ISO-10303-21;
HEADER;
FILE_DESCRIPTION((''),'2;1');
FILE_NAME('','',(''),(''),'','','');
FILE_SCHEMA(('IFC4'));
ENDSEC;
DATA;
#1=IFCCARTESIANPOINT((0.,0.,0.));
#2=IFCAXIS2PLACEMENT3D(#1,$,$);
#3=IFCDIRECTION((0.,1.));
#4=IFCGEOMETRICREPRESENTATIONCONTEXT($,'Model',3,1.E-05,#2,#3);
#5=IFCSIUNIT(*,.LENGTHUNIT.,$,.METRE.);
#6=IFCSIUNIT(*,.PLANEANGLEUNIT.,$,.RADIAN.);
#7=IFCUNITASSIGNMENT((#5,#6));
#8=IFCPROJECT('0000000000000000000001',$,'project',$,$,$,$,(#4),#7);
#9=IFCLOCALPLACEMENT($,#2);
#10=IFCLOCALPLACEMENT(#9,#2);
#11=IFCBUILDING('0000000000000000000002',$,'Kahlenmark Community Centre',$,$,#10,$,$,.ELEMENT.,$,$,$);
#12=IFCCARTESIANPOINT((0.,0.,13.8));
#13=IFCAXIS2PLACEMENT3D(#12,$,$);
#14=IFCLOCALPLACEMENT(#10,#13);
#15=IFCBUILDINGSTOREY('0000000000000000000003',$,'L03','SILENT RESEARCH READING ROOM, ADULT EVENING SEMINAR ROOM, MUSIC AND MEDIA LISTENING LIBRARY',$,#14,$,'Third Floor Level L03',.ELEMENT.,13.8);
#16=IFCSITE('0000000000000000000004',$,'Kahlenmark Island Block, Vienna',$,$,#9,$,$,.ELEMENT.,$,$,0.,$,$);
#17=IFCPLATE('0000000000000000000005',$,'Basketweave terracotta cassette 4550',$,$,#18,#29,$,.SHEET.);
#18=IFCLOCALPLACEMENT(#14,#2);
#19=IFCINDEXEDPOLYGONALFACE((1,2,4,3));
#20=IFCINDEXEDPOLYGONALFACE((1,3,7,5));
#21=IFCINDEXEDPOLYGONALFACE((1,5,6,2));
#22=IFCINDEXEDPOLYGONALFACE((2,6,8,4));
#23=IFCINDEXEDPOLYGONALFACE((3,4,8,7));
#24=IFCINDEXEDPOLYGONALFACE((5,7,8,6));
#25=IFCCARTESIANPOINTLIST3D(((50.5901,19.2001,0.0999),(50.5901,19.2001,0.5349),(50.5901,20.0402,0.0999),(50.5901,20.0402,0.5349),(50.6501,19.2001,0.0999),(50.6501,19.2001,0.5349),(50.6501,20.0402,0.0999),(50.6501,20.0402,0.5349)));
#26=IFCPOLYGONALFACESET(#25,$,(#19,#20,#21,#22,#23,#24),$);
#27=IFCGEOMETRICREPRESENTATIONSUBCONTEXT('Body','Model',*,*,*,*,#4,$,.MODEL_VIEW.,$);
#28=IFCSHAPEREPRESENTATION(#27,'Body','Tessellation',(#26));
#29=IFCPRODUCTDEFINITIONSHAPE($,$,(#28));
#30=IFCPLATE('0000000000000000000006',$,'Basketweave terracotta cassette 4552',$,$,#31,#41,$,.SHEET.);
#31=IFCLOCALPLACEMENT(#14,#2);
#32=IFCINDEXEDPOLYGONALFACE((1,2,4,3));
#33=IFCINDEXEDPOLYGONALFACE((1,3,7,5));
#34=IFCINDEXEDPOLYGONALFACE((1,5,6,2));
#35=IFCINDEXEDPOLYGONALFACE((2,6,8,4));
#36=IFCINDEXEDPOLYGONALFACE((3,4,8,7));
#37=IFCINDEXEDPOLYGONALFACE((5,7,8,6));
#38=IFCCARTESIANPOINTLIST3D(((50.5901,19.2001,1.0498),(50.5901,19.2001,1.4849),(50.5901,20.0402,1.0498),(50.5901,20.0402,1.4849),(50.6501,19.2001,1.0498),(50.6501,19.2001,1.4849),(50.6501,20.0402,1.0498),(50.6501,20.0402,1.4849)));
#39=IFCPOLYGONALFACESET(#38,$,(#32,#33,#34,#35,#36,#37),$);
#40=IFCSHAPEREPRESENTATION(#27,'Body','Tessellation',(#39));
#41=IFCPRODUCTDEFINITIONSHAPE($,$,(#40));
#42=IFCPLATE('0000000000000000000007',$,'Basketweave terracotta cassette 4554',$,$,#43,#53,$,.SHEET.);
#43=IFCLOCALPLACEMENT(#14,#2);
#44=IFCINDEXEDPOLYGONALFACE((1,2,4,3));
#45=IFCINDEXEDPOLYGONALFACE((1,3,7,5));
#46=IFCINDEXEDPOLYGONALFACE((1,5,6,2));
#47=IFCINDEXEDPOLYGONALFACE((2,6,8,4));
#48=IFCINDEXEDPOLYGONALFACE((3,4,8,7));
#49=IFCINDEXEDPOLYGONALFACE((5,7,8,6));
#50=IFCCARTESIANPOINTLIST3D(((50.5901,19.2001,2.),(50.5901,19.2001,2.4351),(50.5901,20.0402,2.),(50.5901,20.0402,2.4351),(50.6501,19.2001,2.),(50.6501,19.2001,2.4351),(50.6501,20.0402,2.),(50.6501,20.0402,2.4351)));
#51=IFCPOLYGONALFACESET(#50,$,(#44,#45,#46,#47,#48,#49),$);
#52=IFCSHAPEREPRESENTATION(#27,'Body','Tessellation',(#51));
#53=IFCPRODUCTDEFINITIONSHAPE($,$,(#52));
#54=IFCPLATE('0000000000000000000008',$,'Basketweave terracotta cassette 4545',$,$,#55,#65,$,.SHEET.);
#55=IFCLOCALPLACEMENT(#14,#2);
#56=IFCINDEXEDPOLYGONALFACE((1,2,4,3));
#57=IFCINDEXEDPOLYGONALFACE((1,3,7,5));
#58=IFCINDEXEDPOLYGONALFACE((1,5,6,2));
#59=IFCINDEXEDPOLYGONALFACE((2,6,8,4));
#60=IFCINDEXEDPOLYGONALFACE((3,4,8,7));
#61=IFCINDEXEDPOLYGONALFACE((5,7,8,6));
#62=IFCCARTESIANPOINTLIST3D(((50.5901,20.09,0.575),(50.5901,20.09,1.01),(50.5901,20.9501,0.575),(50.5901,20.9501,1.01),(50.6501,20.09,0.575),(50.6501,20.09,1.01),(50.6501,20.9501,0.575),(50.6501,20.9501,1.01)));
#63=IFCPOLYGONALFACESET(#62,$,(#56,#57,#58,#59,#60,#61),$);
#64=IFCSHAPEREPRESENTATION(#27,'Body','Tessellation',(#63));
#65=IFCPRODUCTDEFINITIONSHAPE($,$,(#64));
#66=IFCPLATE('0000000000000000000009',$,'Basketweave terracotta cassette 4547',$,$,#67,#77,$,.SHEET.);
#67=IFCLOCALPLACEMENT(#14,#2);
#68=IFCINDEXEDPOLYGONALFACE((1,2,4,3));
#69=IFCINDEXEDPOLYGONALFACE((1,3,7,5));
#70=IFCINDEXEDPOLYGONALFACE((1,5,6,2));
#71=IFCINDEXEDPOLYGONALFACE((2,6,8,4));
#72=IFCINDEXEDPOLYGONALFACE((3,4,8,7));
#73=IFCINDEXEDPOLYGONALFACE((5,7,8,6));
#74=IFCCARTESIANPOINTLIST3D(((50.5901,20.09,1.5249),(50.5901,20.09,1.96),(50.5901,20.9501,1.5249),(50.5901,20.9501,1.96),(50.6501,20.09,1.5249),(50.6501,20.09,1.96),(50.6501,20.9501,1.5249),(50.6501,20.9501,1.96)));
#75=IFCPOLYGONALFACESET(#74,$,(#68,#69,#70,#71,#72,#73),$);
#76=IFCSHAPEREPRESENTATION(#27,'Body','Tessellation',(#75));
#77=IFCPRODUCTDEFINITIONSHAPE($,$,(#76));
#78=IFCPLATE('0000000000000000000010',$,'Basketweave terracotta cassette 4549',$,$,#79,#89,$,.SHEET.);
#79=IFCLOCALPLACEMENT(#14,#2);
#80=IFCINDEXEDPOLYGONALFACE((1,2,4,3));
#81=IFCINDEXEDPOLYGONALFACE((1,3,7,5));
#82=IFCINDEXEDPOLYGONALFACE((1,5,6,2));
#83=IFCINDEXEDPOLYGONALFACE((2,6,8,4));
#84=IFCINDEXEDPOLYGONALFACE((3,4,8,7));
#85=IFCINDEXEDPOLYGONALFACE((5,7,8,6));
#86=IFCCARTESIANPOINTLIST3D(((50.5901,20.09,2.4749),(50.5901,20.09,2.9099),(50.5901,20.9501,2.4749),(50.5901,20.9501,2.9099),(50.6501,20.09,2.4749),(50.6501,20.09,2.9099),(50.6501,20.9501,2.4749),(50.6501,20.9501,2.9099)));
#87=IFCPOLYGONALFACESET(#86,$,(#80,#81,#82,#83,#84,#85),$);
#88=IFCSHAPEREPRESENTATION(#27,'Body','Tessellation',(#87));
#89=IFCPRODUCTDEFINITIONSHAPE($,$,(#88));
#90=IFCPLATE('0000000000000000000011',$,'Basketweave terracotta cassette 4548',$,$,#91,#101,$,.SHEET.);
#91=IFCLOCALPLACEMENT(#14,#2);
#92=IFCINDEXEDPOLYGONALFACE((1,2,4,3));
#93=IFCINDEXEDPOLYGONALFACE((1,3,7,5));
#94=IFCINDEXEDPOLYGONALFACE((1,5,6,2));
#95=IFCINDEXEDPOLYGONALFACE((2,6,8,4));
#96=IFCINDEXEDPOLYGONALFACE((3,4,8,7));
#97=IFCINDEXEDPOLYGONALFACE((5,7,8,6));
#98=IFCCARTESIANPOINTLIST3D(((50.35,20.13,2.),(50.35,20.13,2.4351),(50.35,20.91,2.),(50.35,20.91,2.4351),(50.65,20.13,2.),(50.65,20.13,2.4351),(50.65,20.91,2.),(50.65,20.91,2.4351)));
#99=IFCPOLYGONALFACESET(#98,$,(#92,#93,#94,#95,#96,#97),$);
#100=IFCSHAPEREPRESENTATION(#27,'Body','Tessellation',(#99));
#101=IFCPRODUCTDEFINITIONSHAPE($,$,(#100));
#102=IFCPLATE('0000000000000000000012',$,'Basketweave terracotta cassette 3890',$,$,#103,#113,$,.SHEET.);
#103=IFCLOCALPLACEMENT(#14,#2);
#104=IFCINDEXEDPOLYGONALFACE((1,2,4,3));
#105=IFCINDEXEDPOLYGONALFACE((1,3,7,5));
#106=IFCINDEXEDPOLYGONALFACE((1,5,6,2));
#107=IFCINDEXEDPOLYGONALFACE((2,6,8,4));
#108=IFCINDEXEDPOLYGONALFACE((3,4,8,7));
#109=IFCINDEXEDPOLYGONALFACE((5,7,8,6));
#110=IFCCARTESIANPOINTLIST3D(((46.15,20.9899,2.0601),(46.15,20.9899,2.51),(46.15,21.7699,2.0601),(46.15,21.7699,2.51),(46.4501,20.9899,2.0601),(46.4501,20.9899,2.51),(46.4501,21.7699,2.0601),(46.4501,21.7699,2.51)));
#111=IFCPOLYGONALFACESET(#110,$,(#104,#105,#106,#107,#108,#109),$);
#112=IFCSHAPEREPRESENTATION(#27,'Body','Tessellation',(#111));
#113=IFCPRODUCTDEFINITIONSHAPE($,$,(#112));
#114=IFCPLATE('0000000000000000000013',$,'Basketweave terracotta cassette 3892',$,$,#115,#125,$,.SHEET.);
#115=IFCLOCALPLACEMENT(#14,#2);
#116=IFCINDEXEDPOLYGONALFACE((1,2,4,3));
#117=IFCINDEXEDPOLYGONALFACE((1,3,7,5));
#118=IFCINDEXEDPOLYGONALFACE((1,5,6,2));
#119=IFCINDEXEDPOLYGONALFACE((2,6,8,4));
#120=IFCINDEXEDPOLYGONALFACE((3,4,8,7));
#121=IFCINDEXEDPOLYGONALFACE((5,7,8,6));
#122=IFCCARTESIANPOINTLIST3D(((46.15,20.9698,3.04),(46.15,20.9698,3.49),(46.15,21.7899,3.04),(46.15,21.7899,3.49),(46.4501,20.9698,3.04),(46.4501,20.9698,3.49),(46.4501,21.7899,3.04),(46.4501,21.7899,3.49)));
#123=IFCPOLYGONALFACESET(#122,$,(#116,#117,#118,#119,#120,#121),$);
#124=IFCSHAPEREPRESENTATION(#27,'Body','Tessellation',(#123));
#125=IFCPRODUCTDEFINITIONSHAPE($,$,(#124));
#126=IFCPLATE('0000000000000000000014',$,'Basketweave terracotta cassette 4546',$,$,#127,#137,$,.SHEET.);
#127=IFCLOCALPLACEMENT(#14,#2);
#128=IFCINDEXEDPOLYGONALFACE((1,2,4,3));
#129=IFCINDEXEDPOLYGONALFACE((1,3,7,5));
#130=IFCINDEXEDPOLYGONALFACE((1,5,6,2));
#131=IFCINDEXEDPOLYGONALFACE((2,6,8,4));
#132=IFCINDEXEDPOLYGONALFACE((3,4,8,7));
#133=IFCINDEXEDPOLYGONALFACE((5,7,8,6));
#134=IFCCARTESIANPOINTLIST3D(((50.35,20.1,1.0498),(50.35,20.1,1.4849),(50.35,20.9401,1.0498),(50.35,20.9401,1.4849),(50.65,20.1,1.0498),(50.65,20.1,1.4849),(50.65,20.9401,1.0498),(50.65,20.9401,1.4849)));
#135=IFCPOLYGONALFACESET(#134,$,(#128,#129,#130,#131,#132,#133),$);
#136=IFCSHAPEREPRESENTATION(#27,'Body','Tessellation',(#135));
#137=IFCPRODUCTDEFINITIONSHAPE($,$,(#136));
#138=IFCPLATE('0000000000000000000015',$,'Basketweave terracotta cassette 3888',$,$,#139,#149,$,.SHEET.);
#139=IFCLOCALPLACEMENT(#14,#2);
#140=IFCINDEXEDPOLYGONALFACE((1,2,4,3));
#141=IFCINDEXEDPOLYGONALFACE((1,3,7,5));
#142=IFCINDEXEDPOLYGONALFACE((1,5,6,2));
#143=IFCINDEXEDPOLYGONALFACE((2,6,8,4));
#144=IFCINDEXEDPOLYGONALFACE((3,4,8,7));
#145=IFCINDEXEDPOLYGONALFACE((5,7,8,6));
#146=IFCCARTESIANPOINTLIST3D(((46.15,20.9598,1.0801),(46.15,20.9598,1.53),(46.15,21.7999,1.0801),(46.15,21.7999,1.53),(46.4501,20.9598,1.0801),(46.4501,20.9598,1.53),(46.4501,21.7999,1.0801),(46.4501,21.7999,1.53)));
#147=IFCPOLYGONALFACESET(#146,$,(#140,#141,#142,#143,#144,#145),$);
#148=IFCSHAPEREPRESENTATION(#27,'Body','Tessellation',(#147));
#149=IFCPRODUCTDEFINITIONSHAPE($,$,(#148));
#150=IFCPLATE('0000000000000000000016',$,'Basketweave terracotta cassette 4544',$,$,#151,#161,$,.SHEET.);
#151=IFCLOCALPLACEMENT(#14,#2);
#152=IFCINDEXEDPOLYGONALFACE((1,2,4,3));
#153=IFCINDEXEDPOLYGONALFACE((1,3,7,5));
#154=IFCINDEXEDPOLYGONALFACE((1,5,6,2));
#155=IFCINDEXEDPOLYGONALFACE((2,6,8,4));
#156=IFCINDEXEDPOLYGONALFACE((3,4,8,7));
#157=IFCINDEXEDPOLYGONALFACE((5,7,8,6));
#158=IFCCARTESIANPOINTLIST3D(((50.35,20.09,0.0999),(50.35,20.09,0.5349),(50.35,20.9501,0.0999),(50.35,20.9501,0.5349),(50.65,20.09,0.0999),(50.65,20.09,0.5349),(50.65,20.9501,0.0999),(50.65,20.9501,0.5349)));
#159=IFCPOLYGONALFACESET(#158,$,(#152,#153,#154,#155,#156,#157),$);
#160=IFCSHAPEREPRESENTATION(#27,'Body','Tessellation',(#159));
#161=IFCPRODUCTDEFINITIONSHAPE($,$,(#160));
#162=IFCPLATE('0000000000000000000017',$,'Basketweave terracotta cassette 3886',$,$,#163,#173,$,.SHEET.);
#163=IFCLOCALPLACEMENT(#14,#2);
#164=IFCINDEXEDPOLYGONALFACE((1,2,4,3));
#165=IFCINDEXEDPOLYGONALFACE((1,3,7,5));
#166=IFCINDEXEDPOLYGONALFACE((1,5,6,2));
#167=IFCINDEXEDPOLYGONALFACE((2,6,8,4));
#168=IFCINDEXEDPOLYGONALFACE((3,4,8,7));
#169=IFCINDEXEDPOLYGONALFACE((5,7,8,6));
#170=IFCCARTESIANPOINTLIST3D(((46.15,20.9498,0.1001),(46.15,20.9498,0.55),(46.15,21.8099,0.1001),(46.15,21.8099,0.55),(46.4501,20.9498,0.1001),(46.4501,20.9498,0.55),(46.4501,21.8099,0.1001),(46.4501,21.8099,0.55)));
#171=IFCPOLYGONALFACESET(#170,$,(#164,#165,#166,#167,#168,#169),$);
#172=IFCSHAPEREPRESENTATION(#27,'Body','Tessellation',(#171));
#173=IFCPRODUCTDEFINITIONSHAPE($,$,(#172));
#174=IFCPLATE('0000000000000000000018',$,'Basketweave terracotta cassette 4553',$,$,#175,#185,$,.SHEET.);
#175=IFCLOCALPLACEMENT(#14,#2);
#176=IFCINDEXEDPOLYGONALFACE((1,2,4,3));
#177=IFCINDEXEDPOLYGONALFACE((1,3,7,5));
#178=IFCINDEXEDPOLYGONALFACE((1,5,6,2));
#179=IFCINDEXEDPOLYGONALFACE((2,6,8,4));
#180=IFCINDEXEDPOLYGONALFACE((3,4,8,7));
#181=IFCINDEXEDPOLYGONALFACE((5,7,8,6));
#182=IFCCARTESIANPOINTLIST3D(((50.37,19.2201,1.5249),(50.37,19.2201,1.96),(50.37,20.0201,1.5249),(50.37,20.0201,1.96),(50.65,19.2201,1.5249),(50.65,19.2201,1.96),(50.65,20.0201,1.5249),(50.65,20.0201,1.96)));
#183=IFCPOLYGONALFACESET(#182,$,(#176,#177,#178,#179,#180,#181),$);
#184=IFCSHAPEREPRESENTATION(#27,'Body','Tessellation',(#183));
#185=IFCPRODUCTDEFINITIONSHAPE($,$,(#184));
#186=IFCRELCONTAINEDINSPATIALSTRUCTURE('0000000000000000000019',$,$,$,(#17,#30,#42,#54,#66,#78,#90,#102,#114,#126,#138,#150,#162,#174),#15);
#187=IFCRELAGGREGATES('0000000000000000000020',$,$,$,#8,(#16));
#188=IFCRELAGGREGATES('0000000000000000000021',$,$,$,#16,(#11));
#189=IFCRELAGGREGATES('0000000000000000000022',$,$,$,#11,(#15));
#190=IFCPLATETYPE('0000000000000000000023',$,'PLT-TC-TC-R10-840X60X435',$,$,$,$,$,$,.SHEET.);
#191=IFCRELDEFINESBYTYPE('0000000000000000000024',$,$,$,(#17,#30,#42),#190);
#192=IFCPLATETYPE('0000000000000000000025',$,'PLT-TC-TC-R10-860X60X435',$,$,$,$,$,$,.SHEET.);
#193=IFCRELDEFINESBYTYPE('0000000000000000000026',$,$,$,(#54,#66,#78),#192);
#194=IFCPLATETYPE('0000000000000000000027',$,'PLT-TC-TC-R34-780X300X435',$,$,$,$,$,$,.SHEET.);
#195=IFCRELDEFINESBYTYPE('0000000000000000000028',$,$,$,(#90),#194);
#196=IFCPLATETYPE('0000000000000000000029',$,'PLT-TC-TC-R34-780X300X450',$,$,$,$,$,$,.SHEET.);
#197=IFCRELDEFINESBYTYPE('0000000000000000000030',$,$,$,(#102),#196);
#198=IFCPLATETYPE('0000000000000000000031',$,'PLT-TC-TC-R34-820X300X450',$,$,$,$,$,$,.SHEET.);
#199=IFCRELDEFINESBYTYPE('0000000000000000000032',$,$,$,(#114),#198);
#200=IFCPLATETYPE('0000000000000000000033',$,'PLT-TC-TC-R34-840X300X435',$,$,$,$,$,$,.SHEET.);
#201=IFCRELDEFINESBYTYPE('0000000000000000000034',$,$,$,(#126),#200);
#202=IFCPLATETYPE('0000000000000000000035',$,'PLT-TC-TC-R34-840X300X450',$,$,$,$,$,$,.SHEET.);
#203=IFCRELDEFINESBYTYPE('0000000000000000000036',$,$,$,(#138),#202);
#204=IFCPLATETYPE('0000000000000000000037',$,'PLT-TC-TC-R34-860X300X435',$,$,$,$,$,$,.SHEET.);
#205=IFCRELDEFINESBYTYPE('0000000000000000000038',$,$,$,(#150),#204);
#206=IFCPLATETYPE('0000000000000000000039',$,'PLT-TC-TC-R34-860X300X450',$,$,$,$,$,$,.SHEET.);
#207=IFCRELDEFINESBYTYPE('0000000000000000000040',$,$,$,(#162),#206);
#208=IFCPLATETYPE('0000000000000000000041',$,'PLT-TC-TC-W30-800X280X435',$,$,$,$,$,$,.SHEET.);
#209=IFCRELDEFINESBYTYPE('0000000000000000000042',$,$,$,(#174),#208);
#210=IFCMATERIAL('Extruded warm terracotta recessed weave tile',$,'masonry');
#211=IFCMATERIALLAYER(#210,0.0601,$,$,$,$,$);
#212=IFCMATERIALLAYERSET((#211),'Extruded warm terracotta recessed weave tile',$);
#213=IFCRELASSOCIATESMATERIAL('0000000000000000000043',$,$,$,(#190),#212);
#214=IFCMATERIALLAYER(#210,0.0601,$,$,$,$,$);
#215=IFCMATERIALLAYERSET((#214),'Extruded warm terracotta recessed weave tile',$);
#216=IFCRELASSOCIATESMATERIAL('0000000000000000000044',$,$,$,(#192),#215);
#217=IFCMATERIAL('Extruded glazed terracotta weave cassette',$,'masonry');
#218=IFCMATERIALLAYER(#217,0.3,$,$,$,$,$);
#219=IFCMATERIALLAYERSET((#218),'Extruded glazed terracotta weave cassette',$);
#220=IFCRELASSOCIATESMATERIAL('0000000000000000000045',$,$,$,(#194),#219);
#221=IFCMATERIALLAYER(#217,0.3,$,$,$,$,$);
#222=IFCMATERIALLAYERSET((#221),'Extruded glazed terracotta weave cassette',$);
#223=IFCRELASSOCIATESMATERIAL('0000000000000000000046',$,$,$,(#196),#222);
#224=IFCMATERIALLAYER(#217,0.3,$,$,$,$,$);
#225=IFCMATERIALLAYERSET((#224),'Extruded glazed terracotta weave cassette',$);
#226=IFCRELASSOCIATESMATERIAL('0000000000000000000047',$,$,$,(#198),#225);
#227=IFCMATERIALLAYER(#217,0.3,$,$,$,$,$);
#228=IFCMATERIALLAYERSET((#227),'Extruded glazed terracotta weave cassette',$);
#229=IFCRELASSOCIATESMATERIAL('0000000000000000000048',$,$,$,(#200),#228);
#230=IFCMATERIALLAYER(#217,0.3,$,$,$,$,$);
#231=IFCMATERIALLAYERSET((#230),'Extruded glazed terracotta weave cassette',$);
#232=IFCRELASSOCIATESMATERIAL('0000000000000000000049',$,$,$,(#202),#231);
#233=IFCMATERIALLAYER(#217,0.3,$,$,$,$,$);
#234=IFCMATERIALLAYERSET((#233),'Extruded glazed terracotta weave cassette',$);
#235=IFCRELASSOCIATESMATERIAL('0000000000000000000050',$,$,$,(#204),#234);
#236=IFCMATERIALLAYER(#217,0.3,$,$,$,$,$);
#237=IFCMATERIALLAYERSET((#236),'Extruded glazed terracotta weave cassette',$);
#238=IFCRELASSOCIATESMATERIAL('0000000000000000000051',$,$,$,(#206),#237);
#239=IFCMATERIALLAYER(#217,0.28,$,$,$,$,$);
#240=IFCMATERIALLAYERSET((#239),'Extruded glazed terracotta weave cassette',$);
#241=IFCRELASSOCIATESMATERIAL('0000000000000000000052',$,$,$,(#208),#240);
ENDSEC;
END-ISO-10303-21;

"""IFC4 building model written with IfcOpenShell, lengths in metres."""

from ifc_helpers import new_model, si_unit, direction, frame, origin, origin_2d, place, context, subcontext, project, spatial, rectangle, extrude, material, layer, layer_set, type_object, element, save


model = new_model("IFC4")

# Units and contexts
model_context = context("Model", 3, precision=1e-05, world=origin(), true_north=direction((0.0, 1.0)))
body_context = subcontext(model_context, "Body", "Model", "MODEL_VIEW")
ifc_project = project(units=[si_unit("LENGTHUNIT", "METRE"), si_unit("PLANEANGLEUNIT", "RADIAN")], contexts=[model_context])

# Site, building, storey
site_placement = place(None, origin())
site = spatial("IfcSite", under=ifc_project, at=site_placement, Name="Kahlenmark Island Block, Vienna", CompositionType="ELEMENT", RefElevation=0.0)
building_placement = place(site_placement, origin())
building = spatial("IfcBuilding", under=site, at=building_placement, Name="Kahlenmark Community Centre", CompositionType="ELEMENT")
storey_placement = place(building_placement, frame((0.0, 0.0, 13.8)))
storey = spatial("IfcBuildingStorey", under=building, at=storey_placement, Name="L03", Description="SILENT RESEARCH READING ROOM, ADULT EVENING SEMINAR ROOM, MUSIC AND MEDIA LISTENING LIBRARY", LongName="Third Floor Level L03", CompositionType="ELEMENT", Elevation=13.8)

# Plates
ifc_material_1 = material(Name="Extruded warm terracotta recessed weave tile", Category="masonry")
ifc_layer_1 = layer(ifc_material_1, 0.0601)
ifc_layer_set_1 = layer_set([ifc_layer_1], Name="Extruded warm terracotta recessed weave tile")
plate_type_1 = type_object("IfcPlateType", Name="PLT-TC-TC-R10-840X60X435", PredefinedType="SHEET", material=ifc_layer_set_1)
for number, where, z_axis, x_axis, name in (
    (1, (50.6201, 19.6201, 0.0999), (0.0, 0.0, 1.0), (0.0, -1.0, 0.0), "Basketweave terracotta cassette 4550"),
    (2, (50.6201, 19.6201, 1.0498), (0.0, 0.0, 1.0), (0.0, -1.0, 0.0), "Basketweave terracotta cassette 4552"),
    (3, (50.6201, 19.6201, 2.0), (0.0, 0.0, 1.0), (0.0, -1.0, 0.0), "Basketweave terracotta cassette 4554"),
):
    element("IfcPlate", number, at=place(storey_placement, frame(where, z_axis=z_axis, x_axis=x_axis)), inside=storey, type_object=plate_type_1, Name=name, PredefinedType="SHEET", context=body_context, shape_type="SweptSolid", body=[
        extrude(rectangle(XDim=0.8401, YDim=0.0601, at=origin_2d()), origin(), (0.0, 0.0, 1.0), 0.4351),
    ])
ifc_layer_2 = layer(ifc_material_1, 0.0601)
ifc_layer_set_2 = layer_set([ifc_layer_2], Name="Extruded warm terracotta recessed weave tile")
plate_type_2 = type_object("IfcPlateType", Name="PLT-TC-TC-R10-860X60X435", PredefinedType="SHEET", material=ifc_layer_set_2)
for number, where, z_axis, x_axis, name in (
    (4, (50.6201, 20.52, 0.575), (0.0, 0.0, 1.0), (0.0, -1.0, 0.0), "Basketweave terracotta cassette 4545"),
    (5, (50.6201, 20.52, 1.5249), (0.0, 0.0, 1.0), (0.0, -1.0, 0.0), "Basketweave terracotta cassette 4547"),
    (6, (50.6201, 20.52, 2.4749), (0.0, 0.0, 1.0), (0.0, -1.0, 0.0), "Basketweave terracotta cassette 4549"),
):
    element("IfcPlate", number, at=place(storey_placement, frame(where, z_axis=z_axis, x_axis=x_axis)), inside=storey, type_object=plate_type_2, Name=name, PredefinedType="SHEET", context=body_context, shape_type="SweptSolid", body=[
        extrude(rectangle(XDim=0.8601, YDim=0.0601, at=origin_2d()), origin(), (0.0, 0.0, 1.0), 0.4351),
    ])
ifc_material_2 = material(Name="Extruded glazed terracotta weave cassette", Category="masonry")
ifc_layer_3 = layer(ifc_material_2, 0.3)
ifc_layer_set_3 = layer_set([ifc_layer_3], Name="Extruded glazed terracotta weave cassette")
plate_type_3 = type_object("IfcPlateType", Name="PLT-TC-TC-R34-780X300X435", PredefinedType="SHEET", material=ifc_layer_set_3)
plate_1_placement = place(storey_placement, frame((50.5, 20.52, 2.0), z_axis=(0.0, 0.0, 1.0), x_axis=(0.0, -1.0, 0.0)))
element("IfcPlate", 7, at=plate_1_placement, inside=storey, type_object=plate_type_3, Name="Basketweave terracotta cassette 4548", PredefinedType="SHEET", context=body_context, shape_type="SweptSolid", body=[
    extrude(rectangle(XDim=0.78, YDim=0.3, at=origin_2d()), origin(), (0.0, 0.0, 1.0), 0.4351),
])
ifc_layer_4 = layer(ifc_material_2, 0.3)
ifc_layer_set_4 = layer_set([ifc_layer_4], Name="Extruded glazed terracotta weave cassette")
plate_type_4 = type_object("IfcPlateType", Name="PLT-TC-TC-R34-780X300X450", PredefinedType="SHEET", material=ifc_layer_set_4)
plate_2_placement = place(storey_placement, frame((46.3, 21.3799, 2.0601), z_axis=(0.0, 0.0, 1.0), x_axis=(0.0, 1.0, 0.0)))
element("IfcPlate", 8, at=plate_2_placement, inside=storey, type_object=plate_type_4, Name="Basketweave terracotta cassette 3890", PredefinedType="SHEET", context=body_context, shape_type="SweptSolid", body=[
    extrude(rectangle(XDim=0.78, YDim=0.3, at=origin_2d()), origin(), (0.0, 0.0, 1.0), 0.45),
])
ifc_layer_5 = layer(ifc_material_2, 0.3)
ifc_layer_set_5 = layer_set([ifc_layer_5], Name="Extruded glazed terracotta weave cassette")
plate_type_5 = type_object("IfcPlateType", Name="PLT-TC-TC-R34-820X300X450", PredefinedType="SHEET", material=ifc_layer_set_5)
plate_3_placement = place(storey_placement, frame((46.3, 21.3799, 3.04), z_axis=(0.0, 0.0, 1.0), x_axis=(0.0, 1.0, 0.0)))
element("IfcPlate", 9, at=plate_3_placement, inside=storey, type_object=plate_type_5, Name="Basketweave terracotta cassette 3892", PredefinedType="SHEET", context=body_context, shape_type="SweptSolid", body=[
    extrude(rectangle(XDim=0.8201, YDim=0.3, at=origin_2d()), origin(), (0.0, 0.0, 1.0), 0.45),
])
ifc_layer_6 = layer(ifc_material_2, 0.3)
ifc_layer_set_6 = layer_set([ifc_layer_6], Name="Extruded glazed terracotta weave cassette")
plate_type_6 = type_object("IfcPlateType", Name="PLT-TC-TC-R34-840X300X435", PredefinedType="SHEET", material=ifc_layer_set_6)
plate_4_placement = place(storey_placement, frame((50.5, 20.52, 1.0498), z_axis=(0.0, 0.0, 1.0), x_axis=(0.0, -1.0, 0.0)))
element("IfcPlate", 10, at=plate_4_placement, inside=storey, type_object=plate_type_6, Name="Basketweave terracotta cassette 4546", PredefinedType="SHEET", context=body_context, shape_type="SweptSolid", body=[
    extrude(rectangle(XDim=0.8401, YDim=0.3, at=origin_2d()), origin(), (0.0, 0.0, 1.0), 0.4351),
])
ifc_layer_7 = layer(ifc_material_2, 0.3)
ifc_layer_set_7 = layer_set([ifc_layer_7], Name="Extruded glazed terracotta weave cassette")
plate_type_7 = type_object("IfcPlateType", Name="PLT-TC-TC-R34-840X300X450", PredefinedType="SHEET", material=ifc_layer_set_7)
plate_5_placement = place(storey_placement, frame((46.3, 21.3799, 1.0801), z_axis=(0.0, 0.0, 1.0), x_axis=(0.0, 1.0, 0.0)))
element("IfcPlate", 11, at=plate_5_placement, inside=storey, type_object=plate_type_7, Name="Basketweave terracotta cassette 3888", PredefinedType="SHEET", context=body_context, shape_type="SweptSolid", body=[
    extrude(rectangle(XDim=0.8401, YDim=0.3, at=origin_2d()), origin(), (0.0, 0.0, 1.0), 0.45),
])
ifc_layer_8 = layer(ifc_material_2, 0.3)
ifc_layer_set_8 = layer_set([ifc_layer_8], Name="Extruded glazed terracotta weave cassette")
plate_type_8 = type_object("IfcPlateType", Name="PLT-TC-TC-R34-860X300X435", PredefinedType="SHEET", material=ifc_layer_set_8)
plate_6_placement = place(storey_placement, frame((50.5, 20.52, 0.0999), z_axis=(0.0, 0.0, 1.0), x_axis=(0.0, -1.0, 0.0)))
element("IfcPlate", 12, at=plate_6_placement, inside=storey, type_object=plate_type_8, Name="Basketweave terracotta cassette 4544", PredefinedType="SHEET", context=body_context, shape_type="SweptSolid", body=[
    extrude(rectangle(XDim=0.8601, YDim=0.3, at=origin_2d()), origin(), (0.0, 0.0, 1.0), 0.4351),
])
ifc_layer_9 = layer(ifc_material_2, 0.3)
ifc_layer_set_9 = layer_set([ifc_layer_9], Name="Extruded glazed terracotta weave cassette")
plate_type_9 = type_object("IfcPlateType", Name="PLT-TC-TC-R34-860X300X450", PredefinedType="SHEET", material=ifc_layer_set_9)
plate_7_placement = place(storey_placement, frame((46.3, 21.3799, 0.1001), z_axis=(0.0, 0.0, 1.0), x_axis=(0.0, 1.0, 0.0)))
element("IfcPlate", 13, at=plate_7_placement, inside=storey, type_object=plate_type_9, Name="Basketweave terracotta cassette 3886", PredefinedType="SHEET", context=body_context, shape_type="SweptSolid", body=[
    extrude(rectangle(XDim=0.8601, YDim=0.3, at=origin_2d()), origin(), (0.0, 0.0, 1.0), 0.45),
])
ifc_layer_10 = layer(ifc_material_2, 0.28)
ifc_layer_set_10 = layer_set([ifc_layer_10], Name="Extruded glazed terracotta weave cassette")
plate_type_10 = type_object("IfcPlateType", Name="PLT-TC-TC-W30-800X280X435", PredefinedType="SHEET", material=ifc_layer_set_10)
plate_8_placement = place(storey_placement, frame((50.51, 19.6201, 1.5249), z_axis=(0.0, 0.0, 1.0), x_axis=(0.0, -1.0, 0.0)))
element("IfcPlate", 14, at=plate_8_placement, inside=storey, type_object=plate_type_10, Name="Basketweave terracotta cassette 4553", PredefinedType="SHEET", context=body_context, shape_type="SweptSolid", body=[
    extrude(rectangle(XDim=0.8, YDim=0.28, at=origin_2d()), origin(), (0.0, 0.0, 1.0), 0.4351),
])

save(model, "model.ifc")
